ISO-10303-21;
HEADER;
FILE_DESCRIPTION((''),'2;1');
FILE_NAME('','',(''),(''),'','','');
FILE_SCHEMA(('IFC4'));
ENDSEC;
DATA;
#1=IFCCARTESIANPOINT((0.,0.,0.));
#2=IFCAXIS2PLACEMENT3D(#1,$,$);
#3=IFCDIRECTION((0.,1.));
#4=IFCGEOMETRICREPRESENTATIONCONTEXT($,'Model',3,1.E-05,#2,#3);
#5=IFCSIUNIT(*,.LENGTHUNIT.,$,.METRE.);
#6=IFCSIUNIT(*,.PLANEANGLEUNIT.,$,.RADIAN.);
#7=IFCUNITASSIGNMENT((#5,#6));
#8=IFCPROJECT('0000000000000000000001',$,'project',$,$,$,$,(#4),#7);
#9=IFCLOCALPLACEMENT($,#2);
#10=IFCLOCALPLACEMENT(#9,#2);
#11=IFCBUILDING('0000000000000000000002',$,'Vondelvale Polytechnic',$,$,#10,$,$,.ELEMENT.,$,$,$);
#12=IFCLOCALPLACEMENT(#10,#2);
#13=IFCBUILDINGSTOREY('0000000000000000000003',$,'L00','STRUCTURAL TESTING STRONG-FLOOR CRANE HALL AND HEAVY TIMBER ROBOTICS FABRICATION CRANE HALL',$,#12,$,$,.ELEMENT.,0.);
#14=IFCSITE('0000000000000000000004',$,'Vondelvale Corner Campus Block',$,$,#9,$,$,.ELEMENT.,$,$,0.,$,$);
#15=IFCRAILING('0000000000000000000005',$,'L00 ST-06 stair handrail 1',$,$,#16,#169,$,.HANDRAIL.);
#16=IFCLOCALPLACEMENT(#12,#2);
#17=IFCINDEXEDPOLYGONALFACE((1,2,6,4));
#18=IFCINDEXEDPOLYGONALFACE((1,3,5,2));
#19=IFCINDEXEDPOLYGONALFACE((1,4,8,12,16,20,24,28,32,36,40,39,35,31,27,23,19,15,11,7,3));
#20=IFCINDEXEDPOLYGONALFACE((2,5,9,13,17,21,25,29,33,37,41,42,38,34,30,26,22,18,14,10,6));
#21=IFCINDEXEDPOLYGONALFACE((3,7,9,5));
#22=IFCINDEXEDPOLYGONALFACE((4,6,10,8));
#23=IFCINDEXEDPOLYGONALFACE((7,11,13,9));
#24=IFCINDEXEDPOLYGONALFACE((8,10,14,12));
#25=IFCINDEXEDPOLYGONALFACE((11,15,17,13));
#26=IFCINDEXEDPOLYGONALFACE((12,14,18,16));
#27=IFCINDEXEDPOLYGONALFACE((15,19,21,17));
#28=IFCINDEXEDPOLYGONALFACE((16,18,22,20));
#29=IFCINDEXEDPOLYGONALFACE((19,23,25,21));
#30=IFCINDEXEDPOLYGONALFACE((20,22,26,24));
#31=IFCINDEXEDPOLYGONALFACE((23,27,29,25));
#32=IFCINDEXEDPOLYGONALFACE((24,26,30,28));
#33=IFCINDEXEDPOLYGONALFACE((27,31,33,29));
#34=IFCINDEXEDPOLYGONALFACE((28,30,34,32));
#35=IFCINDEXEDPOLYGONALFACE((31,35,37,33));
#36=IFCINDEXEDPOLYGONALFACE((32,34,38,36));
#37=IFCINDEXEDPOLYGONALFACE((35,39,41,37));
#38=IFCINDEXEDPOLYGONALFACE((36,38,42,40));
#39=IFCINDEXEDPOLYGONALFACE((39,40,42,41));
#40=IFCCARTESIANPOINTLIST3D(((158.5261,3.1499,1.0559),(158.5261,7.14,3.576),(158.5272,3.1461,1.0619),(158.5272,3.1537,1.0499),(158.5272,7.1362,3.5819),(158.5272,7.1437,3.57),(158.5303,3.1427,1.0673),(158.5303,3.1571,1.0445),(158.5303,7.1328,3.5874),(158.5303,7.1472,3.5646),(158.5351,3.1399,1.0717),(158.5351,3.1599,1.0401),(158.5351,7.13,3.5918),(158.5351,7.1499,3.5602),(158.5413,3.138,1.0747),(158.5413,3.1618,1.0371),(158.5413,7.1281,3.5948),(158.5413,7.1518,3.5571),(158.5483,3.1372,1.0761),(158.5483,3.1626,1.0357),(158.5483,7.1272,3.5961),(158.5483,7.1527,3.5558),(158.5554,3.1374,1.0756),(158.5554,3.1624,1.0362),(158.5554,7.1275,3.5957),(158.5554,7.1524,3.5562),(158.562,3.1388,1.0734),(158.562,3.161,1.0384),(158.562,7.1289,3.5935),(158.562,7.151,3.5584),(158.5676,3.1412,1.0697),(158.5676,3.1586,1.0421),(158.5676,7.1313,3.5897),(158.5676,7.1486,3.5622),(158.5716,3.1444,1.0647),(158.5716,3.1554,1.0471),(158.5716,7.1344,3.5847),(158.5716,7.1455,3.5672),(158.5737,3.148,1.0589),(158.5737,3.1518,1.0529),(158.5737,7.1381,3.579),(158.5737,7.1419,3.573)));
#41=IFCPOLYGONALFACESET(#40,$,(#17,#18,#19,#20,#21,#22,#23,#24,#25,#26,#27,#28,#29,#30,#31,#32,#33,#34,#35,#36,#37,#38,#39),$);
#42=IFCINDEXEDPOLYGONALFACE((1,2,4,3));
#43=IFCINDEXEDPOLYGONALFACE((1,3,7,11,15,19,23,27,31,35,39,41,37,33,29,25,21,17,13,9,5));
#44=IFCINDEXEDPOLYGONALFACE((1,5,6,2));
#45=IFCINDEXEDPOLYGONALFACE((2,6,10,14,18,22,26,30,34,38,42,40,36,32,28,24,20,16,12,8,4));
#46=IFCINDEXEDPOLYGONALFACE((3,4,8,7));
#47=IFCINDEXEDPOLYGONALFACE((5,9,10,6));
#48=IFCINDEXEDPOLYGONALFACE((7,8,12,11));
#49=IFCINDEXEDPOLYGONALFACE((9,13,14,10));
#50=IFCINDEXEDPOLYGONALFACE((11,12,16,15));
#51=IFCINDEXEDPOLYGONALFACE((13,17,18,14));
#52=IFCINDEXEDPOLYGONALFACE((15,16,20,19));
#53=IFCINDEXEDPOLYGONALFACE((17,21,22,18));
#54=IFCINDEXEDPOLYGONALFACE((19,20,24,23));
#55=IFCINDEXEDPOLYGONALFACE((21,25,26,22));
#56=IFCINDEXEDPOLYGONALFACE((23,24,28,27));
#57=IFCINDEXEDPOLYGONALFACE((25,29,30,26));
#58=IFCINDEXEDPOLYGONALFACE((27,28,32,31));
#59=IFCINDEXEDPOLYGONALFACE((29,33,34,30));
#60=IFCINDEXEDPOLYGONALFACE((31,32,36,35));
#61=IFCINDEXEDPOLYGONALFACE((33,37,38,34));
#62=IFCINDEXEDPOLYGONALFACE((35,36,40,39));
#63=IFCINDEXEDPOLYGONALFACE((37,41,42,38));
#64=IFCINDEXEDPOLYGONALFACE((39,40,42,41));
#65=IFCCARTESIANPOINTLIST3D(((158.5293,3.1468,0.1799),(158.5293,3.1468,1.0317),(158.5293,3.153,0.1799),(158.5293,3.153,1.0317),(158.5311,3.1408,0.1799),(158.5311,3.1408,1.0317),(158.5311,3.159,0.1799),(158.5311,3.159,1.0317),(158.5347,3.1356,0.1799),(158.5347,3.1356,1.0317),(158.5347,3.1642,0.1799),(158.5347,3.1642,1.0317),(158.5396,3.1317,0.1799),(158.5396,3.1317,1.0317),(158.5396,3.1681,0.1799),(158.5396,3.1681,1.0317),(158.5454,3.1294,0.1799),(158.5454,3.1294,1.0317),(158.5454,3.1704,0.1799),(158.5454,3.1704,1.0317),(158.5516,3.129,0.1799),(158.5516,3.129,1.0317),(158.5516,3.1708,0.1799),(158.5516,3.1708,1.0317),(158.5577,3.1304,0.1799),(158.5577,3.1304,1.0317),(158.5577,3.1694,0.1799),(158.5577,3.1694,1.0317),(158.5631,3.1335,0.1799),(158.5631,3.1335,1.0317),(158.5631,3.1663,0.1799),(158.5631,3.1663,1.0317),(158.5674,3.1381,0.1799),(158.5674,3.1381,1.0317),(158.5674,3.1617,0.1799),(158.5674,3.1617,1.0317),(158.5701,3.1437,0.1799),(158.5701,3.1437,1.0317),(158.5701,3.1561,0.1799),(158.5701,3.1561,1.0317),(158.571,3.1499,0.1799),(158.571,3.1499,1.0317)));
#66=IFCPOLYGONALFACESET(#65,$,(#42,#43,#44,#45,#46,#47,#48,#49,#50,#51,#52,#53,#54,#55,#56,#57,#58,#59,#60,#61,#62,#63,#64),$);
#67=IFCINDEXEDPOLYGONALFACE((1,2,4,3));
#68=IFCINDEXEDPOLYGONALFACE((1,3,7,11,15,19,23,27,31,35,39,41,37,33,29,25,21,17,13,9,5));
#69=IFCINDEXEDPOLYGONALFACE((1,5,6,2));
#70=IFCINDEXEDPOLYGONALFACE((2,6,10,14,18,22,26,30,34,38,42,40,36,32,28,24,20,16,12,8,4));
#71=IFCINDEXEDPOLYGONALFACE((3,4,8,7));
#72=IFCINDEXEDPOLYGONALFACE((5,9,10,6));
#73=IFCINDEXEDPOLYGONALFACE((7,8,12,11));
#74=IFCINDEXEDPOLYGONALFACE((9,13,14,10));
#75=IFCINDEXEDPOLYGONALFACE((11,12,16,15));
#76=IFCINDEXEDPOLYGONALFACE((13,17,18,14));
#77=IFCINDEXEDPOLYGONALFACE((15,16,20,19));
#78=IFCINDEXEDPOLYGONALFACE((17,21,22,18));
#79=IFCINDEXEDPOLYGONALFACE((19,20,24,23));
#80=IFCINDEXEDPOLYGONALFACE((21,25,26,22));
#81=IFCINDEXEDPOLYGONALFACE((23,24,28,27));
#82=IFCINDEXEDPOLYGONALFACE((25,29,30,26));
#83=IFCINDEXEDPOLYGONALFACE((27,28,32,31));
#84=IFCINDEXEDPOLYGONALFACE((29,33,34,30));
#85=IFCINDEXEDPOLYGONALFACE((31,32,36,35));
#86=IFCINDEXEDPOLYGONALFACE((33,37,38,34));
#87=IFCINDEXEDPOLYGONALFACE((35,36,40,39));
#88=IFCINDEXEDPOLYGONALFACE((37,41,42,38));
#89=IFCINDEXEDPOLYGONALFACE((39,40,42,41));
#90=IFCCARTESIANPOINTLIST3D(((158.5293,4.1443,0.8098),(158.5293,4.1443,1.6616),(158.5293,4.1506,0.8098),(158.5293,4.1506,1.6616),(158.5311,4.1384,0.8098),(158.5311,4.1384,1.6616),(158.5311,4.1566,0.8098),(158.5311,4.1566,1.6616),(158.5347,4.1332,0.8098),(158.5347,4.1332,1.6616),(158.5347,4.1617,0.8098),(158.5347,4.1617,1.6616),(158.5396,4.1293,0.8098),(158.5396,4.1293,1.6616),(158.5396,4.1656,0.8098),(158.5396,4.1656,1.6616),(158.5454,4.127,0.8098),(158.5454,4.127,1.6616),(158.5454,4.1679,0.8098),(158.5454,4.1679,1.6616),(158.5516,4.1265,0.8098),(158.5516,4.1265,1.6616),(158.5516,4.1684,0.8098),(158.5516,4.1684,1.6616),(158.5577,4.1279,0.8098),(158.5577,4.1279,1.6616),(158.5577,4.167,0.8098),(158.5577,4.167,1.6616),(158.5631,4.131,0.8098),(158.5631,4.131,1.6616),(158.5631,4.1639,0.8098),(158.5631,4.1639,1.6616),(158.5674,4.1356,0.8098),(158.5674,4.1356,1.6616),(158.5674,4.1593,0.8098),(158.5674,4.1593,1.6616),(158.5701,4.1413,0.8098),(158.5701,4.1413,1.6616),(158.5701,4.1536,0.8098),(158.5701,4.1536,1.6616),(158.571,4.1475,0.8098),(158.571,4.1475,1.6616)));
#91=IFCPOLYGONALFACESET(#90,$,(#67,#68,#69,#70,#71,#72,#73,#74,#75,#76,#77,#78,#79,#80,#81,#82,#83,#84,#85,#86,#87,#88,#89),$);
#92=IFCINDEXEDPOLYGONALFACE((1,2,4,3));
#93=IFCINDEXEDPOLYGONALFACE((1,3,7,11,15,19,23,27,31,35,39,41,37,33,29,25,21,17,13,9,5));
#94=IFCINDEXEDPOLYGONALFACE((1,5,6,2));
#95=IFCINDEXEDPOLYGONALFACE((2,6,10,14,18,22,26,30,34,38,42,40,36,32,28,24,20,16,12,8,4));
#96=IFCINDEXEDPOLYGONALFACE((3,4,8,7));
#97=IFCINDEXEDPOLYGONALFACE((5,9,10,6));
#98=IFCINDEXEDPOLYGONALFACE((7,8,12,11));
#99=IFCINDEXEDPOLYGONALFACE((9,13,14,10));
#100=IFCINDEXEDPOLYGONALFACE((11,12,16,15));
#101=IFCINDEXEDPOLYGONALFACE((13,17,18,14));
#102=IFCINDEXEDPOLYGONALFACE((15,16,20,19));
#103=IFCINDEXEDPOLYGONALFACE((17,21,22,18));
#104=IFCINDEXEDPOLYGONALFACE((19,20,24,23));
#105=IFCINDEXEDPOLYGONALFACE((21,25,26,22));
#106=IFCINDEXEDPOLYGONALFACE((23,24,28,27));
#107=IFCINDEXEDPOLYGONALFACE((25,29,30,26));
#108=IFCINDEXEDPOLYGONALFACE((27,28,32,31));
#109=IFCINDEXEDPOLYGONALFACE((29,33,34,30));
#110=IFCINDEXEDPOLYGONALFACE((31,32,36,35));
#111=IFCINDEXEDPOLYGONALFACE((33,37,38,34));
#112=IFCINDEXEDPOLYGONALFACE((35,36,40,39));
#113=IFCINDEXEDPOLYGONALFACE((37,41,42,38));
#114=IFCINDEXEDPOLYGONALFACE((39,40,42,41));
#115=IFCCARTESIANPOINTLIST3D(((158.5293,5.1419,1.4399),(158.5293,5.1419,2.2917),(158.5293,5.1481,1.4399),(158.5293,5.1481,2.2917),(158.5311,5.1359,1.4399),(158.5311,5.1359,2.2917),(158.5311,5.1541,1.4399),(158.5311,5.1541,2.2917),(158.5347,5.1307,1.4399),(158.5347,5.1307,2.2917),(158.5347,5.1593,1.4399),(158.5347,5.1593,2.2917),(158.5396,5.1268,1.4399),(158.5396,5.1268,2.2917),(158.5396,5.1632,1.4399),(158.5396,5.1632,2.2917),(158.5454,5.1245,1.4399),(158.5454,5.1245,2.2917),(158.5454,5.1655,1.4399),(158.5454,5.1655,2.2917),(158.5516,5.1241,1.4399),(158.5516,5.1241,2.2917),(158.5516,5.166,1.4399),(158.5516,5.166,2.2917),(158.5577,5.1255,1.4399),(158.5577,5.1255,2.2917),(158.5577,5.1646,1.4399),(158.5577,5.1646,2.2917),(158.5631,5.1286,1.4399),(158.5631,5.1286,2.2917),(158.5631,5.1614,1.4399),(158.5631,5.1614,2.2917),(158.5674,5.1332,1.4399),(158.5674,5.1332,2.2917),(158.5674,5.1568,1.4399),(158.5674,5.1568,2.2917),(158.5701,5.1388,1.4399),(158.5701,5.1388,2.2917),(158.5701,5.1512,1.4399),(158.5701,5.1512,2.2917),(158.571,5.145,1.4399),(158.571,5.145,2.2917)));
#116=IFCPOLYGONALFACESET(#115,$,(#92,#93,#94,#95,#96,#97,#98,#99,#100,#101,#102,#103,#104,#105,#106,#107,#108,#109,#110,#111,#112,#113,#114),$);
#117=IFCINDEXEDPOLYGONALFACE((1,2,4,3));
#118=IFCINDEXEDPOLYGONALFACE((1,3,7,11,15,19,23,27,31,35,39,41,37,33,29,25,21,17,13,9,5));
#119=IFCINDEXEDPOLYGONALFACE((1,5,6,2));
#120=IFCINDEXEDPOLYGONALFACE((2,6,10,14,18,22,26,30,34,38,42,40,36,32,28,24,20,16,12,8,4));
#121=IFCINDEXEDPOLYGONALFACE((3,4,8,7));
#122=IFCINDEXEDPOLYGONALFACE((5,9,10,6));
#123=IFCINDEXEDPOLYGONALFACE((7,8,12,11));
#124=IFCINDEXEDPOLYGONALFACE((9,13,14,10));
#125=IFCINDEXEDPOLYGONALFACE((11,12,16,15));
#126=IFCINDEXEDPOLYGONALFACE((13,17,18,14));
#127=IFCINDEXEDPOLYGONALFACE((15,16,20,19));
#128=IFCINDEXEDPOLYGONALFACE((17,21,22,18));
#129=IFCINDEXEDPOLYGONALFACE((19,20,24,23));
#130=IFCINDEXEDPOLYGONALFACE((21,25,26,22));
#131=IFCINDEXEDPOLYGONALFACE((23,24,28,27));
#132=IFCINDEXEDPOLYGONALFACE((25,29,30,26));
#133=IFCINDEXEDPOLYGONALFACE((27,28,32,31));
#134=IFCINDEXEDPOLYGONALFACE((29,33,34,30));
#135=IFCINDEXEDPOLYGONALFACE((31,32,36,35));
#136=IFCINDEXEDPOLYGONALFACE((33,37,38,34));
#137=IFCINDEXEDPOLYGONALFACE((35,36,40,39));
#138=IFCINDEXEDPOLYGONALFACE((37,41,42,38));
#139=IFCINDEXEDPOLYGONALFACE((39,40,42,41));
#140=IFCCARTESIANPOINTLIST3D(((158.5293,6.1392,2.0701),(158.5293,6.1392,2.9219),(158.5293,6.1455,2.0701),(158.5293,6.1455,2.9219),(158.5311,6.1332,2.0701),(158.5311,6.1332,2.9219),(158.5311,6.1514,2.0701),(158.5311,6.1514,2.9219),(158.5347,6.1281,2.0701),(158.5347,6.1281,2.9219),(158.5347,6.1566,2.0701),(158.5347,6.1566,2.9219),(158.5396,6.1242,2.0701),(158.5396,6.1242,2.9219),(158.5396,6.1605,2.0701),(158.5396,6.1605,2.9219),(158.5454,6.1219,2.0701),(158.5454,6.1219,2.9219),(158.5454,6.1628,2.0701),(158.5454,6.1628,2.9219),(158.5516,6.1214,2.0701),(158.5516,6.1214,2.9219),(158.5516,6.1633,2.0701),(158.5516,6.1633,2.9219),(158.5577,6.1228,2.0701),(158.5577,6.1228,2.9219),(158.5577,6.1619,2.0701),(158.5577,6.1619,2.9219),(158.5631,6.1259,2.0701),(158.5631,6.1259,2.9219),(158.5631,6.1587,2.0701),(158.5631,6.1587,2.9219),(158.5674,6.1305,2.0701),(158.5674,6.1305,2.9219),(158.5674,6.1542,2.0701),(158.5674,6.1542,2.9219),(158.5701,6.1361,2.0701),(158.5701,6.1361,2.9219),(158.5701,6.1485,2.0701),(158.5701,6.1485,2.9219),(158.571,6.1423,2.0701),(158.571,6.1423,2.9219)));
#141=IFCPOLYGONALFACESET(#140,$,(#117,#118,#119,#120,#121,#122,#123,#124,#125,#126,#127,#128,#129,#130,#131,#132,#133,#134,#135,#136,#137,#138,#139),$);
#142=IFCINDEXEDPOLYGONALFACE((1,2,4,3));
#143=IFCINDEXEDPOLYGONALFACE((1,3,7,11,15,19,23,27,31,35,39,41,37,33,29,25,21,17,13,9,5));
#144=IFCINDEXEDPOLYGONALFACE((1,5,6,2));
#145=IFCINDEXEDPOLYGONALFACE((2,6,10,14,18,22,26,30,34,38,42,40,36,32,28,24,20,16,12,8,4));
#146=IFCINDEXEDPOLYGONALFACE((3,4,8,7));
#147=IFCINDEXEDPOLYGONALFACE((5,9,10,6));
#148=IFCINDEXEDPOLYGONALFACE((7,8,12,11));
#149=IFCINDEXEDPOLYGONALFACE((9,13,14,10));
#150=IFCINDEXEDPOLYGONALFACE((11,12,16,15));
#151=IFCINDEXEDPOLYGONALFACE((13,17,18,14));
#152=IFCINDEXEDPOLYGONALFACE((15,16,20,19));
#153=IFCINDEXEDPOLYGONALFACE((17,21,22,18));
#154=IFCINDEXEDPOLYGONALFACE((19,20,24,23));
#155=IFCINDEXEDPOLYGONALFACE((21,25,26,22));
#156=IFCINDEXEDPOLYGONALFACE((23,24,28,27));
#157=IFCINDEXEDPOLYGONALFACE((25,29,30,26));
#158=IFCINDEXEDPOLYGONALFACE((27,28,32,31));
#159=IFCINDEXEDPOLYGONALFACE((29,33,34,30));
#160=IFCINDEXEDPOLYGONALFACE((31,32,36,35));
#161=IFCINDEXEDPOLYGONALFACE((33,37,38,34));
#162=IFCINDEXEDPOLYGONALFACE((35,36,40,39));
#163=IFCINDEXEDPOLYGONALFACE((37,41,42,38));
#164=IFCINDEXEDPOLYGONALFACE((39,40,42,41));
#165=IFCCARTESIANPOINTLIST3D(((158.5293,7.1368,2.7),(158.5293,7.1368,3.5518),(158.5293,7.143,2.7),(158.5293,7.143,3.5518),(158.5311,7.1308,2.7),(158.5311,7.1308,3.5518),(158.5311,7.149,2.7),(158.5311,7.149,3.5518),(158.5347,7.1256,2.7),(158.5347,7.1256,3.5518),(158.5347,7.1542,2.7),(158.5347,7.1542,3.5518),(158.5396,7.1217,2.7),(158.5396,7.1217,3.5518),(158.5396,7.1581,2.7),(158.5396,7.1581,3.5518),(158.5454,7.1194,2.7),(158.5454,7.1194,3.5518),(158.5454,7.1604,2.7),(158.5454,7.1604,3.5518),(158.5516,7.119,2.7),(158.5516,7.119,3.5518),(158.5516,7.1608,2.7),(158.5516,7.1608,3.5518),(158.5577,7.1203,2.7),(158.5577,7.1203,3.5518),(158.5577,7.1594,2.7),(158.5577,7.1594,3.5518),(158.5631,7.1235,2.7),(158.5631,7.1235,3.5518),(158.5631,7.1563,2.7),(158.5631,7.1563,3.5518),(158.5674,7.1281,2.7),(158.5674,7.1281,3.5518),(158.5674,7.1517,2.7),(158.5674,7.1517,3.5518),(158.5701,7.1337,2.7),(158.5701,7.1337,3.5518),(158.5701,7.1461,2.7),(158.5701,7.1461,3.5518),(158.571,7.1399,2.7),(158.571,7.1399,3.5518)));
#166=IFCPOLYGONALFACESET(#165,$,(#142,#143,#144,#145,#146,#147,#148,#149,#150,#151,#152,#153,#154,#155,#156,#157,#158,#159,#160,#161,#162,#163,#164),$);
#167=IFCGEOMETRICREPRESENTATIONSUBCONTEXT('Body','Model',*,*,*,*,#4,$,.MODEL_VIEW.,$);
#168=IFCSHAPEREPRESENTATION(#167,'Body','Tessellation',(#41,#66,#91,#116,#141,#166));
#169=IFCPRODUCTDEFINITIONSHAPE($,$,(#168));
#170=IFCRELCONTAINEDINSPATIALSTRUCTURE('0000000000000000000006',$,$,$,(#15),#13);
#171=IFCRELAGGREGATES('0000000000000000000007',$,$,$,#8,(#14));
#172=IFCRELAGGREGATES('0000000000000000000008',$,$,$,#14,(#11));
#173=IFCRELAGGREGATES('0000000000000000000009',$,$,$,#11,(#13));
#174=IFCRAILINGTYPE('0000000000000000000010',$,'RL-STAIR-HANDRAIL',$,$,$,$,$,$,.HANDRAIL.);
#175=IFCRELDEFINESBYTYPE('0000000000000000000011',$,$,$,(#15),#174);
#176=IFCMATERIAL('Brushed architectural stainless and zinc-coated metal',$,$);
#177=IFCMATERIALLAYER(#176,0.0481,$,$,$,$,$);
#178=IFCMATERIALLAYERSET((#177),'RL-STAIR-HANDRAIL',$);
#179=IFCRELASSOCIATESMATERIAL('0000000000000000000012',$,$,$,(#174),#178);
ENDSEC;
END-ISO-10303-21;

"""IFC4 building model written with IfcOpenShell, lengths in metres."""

from ifc_helpers import new_model, si_unit, direction, frame, origin, origin_2d, place, context, subcontext, project, spatial, circle, extrude, material, layer, layer_set, type_object, element, save


model = new_model("IFC4")

# Units and contexts
model_context = context("Model", 3, precision=1e-05, world=origin(), true_north=direction((0.0, 1.0)))
body_context = subcontext(model_context, "Body", "Model", "MODEL_VIEW")
ifc_project = project(units=[si_unit("LENGTHUNIT", "METRE"), si_unit("PLANEANGLEUNIT", "RADIAN")], contexts=[model_context])

# Site, building, storey
site_placement = place(None, origin())
site = spatial("IfcSite", under=ifc_project, at=site_placement, Name="Vondelvale Corner Campus Block", CompositionType="ELEMENT", RefElevation=0.0)
building_placement = place(site_placement, origin())
building = spatial("IfcBuilding", under=site, at=building_placement, Name="Vondelvale Polytechnic", CompositionType="ELEMENT")
storey_placement = place(building_placement, origin())
storey = spatial("IfcBuildingStorey", under=building, at=storey_placement, Name="L00", Description="STRUCTURAL TESTING STRONG-FLOOR CRANE HALL AND HEAVY TIMBER ROBOTICS FABRICATION CRANE HALL", CompositionType="ELEMENT", Elevation=0.0)

# Railing
ifc_material_1 = material(Name="Brushed architectural stainless and zinc-coated metal")
ifc_layer_1 = layer(ifc_material_1, 0.0481)
ifc_layer_set_1 = layer_set([ifc_layer_1], Name="RL-STAIR-HANDRAIL")
railing_type_1 = type_object("IfcRailingType", Name="RL-STAIR-HANDRAIL", PredefinedType="HANDRAIL", material=ifc_layer_set_1)
railing_1_placement = place(storey_placement, frame((158.55, 3.1499, 0.1799)))
element("IfcRailing", 1, at=railing_1_placement, inside=storey, type_object=railing_type_1, Name="L00 ST-06 stair handrail 1", PredefinedType="HANDRAIL", context=body_context, shape_type="SweptSolid", body=[
    extrude(circle(Radius=0.0239, at=origin_2d()), frame((0.0, 0.0, 0.876), z_axis=(0.0, 0.845486, 0.533997), x_axis=(-1.0, 0.0, 0.0)), (0.0, 0.0, 1.0), 4.7192),
    extrude(circle(Radius=0.021, at=origin_2d()), origin(), (0.0, 0.0, 1.0), 0.8518),
    extrude(circle(Radius=0.021, at=origin_2d()), frame((0.0, 0.9976, 0.6299)), (0.0, 0.0, 1.0), 0.8518),
    extrude(circle(Radius=0.021, at=origin_2d()), frame((0.0, 1.9951, 1.26)), (0.0, 0.0, 1.0), 0.8518),
    extrude(circle(Radius=0.021, at=origin_2d()), frame((0.0, 2.9924, 1.8901)), (0.0, 0.0, 1.0), 0.8518),
    extrude(circle(Radius=0.021, at=origin_2d()), frame((0.0, 3.99, 2.52)), (0.0, 0.0, 1.0), 0.8518),
])

save(model, "model.ifc")
